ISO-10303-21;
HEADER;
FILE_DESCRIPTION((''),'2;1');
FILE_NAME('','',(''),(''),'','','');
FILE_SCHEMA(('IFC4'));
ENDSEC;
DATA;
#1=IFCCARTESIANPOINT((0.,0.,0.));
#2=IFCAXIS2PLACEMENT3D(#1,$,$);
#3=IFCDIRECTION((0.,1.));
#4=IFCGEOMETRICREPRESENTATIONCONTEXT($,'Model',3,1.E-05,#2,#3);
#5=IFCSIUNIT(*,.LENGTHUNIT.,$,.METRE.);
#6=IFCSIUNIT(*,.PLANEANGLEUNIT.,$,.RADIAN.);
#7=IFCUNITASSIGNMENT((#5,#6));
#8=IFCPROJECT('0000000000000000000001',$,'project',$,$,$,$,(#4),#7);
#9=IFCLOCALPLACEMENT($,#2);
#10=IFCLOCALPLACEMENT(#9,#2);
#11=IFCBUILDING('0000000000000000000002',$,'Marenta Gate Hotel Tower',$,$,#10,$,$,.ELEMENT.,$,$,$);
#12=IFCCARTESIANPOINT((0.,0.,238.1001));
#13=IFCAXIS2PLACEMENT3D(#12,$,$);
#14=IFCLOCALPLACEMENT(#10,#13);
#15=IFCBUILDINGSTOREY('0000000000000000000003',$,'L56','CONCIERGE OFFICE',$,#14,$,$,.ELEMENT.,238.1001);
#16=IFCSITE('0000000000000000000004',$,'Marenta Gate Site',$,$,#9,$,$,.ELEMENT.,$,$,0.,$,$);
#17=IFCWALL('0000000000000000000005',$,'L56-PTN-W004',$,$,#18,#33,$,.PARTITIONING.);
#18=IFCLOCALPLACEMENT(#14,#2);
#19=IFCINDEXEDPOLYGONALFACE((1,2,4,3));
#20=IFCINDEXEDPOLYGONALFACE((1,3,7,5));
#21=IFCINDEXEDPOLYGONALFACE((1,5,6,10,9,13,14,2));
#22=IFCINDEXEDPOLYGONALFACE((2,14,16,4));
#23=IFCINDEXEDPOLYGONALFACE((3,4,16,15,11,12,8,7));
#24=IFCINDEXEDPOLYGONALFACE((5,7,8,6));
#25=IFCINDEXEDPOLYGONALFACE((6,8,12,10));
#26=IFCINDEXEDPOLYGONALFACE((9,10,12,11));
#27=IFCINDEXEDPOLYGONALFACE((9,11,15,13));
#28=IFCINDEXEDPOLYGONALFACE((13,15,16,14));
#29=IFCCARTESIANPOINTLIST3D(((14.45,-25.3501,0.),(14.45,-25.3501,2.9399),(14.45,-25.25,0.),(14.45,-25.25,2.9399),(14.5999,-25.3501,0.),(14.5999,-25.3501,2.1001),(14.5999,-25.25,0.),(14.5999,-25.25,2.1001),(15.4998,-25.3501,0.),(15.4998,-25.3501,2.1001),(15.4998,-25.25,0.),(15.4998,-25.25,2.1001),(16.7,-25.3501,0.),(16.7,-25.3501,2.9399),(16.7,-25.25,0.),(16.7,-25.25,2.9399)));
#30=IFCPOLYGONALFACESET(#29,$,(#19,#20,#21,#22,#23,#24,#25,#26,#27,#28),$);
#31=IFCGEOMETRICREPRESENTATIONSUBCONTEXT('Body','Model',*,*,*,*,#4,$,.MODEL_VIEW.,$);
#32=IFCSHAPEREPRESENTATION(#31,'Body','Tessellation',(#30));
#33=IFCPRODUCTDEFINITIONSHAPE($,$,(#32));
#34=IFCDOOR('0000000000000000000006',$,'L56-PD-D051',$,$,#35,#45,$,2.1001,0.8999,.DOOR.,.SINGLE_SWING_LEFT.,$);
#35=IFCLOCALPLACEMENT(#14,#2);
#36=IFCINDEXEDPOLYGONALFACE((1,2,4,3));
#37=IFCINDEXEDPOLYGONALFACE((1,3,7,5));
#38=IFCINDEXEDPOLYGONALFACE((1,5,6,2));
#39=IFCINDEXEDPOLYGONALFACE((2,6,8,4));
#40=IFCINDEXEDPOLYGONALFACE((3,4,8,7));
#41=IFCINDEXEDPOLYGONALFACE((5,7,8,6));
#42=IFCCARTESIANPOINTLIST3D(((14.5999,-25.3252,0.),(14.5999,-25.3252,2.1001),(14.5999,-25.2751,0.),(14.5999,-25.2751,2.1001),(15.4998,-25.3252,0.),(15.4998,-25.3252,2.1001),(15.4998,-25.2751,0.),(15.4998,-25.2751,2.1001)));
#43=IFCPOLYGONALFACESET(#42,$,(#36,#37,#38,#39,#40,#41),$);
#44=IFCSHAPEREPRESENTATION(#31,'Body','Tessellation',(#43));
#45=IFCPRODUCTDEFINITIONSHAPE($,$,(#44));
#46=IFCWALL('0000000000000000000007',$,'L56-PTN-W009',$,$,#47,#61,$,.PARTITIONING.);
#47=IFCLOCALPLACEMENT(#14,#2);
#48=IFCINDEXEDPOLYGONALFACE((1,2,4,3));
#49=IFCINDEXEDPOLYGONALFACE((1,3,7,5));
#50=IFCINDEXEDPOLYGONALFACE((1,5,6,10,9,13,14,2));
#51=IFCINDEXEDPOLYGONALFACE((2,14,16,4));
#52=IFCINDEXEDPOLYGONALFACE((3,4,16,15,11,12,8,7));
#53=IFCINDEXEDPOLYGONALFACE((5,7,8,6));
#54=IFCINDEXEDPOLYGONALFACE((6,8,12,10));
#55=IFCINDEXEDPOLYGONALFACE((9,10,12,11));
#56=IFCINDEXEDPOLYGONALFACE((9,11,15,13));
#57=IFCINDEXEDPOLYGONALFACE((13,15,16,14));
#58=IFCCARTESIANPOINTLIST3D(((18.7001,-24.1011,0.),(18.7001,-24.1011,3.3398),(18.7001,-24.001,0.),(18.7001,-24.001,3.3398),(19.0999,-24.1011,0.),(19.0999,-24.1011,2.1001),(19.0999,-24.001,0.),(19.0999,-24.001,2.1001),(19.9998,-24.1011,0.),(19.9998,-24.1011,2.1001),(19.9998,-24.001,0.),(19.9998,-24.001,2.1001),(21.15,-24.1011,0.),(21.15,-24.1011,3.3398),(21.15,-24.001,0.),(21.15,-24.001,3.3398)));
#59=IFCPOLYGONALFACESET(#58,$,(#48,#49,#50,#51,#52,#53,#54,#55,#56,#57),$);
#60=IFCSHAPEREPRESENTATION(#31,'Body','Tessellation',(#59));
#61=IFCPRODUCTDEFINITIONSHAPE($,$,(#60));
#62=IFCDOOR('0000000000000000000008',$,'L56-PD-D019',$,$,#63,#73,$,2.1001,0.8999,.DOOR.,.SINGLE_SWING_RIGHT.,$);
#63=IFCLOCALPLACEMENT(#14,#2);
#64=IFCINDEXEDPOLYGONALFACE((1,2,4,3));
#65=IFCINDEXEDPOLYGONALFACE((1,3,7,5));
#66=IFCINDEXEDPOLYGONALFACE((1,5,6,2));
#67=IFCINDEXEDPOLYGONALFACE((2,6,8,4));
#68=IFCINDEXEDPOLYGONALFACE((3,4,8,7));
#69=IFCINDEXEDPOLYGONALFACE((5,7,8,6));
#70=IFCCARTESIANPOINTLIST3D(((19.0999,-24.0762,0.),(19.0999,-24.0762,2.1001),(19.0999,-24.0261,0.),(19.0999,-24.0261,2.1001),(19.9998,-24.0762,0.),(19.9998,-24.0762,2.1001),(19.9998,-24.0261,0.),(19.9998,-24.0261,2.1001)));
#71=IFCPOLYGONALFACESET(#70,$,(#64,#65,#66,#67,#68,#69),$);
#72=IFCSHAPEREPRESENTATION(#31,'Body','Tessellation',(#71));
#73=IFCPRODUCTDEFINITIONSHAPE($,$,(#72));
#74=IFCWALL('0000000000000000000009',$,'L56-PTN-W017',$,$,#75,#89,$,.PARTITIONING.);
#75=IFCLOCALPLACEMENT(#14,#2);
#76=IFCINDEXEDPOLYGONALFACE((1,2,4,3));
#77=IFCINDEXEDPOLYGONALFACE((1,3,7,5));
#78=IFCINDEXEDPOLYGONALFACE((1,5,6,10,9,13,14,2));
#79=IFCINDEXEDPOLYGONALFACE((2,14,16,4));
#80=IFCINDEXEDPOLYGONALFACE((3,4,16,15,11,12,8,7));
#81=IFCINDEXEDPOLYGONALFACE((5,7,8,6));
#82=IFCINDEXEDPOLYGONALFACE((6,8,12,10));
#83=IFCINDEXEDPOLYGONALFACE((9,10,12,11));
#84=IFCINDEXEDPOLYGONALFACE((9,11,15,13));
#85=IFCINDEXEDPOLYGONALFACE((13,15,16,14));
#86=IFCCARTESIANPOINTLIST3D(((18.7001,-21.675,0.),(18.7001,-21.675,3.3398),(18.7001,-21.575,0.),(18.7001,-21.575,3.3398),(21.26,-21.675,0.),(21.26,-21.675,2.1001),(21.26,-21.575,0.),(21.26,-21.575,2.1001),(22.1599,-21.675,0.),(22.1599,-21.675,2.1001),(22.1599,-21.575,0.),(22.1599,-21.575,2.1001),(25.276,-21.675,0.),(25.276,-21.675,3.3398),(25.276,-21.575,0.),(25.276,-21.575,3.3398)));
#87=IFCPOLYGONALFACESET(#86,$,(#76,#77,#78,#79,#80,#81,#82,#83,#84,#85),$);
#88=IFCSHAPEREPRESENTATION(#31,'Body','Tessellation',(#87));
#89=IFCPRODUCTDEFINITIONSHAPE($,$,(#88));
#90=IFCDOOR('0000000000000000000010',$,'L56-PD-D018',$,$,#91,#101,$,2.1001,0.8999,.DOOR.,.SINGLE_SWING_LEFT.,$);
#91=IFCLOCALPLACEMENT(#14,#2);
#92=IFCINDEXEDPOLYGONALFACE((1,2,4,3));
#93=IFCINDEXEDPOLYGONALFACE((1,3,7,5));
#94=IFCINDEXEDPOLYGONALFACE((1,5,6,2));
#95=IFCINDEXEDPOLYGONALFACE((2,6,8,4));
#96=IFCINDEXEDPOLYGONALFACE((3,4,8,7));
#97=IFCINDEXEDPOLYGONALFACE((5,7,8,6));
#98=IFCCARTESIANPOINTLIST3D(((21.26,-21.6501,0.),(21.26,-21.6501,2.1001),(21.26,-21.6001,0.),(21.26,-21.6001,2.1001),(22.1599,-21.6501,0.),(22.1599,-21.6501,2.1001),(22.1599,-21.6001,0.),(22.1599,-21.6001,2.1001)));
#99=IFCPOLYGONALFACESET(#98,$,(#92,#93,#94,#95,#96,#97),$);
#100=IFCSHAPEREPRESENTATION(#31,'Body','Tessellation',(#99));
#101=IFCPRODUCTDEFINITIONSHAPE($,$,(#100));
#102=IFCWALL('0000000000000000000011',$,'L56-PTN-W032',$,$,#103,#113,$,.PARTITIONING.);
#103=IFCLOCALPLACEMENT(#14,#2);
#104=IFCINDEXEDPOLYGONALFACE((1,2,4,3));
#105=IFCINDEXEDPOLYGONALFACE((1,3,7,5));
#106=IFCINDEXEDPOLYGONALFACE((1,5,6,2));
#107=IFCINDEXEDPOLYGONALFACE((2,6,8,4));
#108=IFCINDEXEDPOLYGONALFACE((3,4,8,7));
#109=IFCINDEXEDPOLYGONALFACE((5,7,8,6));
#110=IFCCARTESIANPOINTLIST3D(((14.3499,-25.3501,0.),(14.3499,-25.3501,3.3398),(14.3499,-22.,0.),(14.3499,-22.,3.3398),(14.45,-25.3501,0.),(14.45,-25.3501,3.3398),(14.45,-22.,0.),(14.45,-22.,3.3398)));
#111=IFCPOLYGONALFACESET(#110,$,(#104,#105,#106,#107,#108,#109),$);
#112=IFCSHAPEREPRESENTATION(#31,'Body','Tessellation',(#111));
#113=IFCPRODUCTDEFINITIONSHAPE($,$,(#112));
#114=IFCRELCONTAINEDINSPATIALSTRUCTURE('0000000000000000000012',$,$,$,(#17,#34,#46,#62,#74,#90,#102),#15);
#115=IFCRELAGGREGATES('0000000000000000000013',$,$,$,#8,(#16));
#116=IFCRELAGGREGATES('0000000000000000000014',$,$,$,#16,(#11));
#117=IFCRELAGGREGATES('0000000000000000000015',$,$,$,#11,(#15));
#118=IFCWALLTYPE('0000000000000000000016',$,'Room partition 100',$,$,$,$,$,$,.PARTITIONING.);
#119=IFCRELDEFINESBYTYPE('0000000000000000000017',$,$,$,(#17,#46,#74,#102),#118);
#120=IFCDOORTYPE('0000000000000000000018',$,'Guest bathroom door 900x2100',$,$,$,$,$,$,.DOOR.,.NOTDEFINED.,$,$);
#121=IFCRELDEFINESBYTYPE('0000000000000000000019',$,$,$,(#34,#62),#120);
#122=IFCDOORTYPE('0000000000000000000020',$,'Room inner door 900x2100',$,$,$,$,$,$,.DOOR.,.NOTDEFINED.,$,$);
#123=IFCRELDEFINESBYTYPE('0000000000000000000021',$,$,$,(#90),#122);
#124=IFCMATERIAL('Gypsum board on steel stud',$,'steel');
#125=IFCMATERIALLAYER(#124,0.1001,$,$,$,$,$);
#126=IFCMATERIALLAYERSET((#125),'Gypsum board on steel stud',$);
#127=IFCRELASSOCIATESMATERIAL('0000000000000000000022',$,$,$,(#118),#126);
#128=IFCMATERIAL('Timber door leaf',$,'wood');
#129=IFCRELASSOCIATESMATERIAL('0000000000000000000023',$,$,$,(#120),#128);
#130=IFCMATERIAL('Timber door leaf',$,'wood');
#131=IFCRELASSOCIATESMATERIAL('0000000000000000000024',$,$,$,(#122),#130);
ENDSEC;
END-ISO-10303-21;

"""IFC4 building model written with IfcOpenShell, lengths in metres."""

from ifc_helpers import new_model, si_unit, direction, frame, frame_2d, origin, place, context, subcontext, project, spatial, rectangle, extrude, material, layer, layer_set, type_object, element, fill, save


model = new_model("IFC4")

# Units and contexts
model_context = context("Model", 3, precision=1e-05, world=origin(), true_north=direction((0.0, 1.0)))
body_context = subcontext(model_context, "Body", "Model", "MODEL_VIEW")
ifc_project = project(units=[si_unit("LENGTHUNIT", "METRE"), si_unit("PLANEANGLEUNIT", "RADIAN")], contexts=[model_context])

# Site, building, storey
site_placement = place(None, origin())
site = spatial("IfcSite", under=ifc_project, at=site_placement, Name="Marenta Gate Site", CompositionType="ELEMENT", RefElevation=0.0)
building_placement = place(site_placement, origin())
building = spatial("IfcBuilding", under=site, at=building_placement, Name="Marenta Gate Hotel Tower", CompositionType="ELEMENT")
storey_placement = place(building_placement, frame((0.0, 0.0, 238.1001)))
storey = spatial("IfcBuildingStorey", under=building, at=storey_placement, Name="L56", Description="CONCIERGE OFFICE", CompositionType="ELEMENT", Elevation=238.1001)

# Walls, openings, doors
ifc_material_1 = material(Name="Gypsum board on steel stud", Category="steel")
ifc_layer_1 = layer(ifc_material_1, 0.1001)
ifc_layer_set_1 = layer_set([ifc_layer_1], Name="Gypsum board on steel stud")
wall_type_1 = type_object("IfcWallType", Name="Room partition 100", PredefinedType="PARTITIONING", material=ifc_layer_set_1)
wall_1_placement = place(storey_placement, frame((14.45, -25.3, 0.0), z_axis=(0.0, 0.0, 1.0), x_axis=(1.0, 0.0, 0.0)))
wall_1 = element("IfcWall", 1, at=wall_1_placement, inside=storey, type_object=wall_type_1, Name="L56-PTN-W004", PredefinedType="PARTITIONING", context=body_context, shape_type="SweptSolid", body=[
    extrude(rectangle(XDim=2.25, YDim=0.1001, at=frame_2d((1.125, 0.0))), origin(), (0.0, 0.0, 1.0), 2.9399),
])
opening_1_placement = place(wall_1_placement, frame((0.1499, 0.0, 0.0)))
opening_1 = element("IfcOpeningElement", 2, at=opening_1_placement, cuts=wall_1, PredefinedType="OPENING", context=body_context, shape_type="SweptSolid", body=[
    extrude(rectangle(XDim=0.8999, YDim=2.1001, at=frame_2d((0.45, 1.05))), frame((0.0, 0.05, 0.0), z_axis=(0.0, -1.0, 0.0), x_axis=(1.0, 0.0, 0.0)), (0.0, 0.0, 1.0), 0.1001),
])
ifc_material_2 = material(Name="Timber door leaf", Category="wood")
door_type_1 = type_object("IfcDoorType", Name="Guest bathroom door 900x2100", OperationType="NOTDEFINED", PredefinedType="DOOR", material=ifc_material_2)
door_1_placement = place(opening_1_placement, origin())
door_1 = element("IfcDoor", 3, at=door_1_placement, inside=storey, type_object=door_type_1, Name="L56-PD-D051", OperationType="SINGLE_SWING_LEFT", OverallHeight=2.1001, OverallWidth=0.8999, PredefinedType="DOOR", context=body_context, shape_type="SweptSolid", body=[
    extrude(rectangle(XDim=0.8999, YDim=2.1001, at=frame_2d((0.45, 1.05))), frame((0.0, 0.0249, 0.0), z_axis=(0.0, -1.0, 0.0), x_axis=(1.0, 0.0, 0.0)), (0.0, 0.0, 1.0), 0.05),
])
fill(opening_1, door_1)
wall_2_placement = place(storey_placement, frame((18.7, -24.051, 0.0), z_axis=(0.0, 0.0, 1.0), x_axis=(1.0, 0.0, 0.0)))
wall_2 = element("IfcWall", 4, at=wall_2_placement, inside=storey, type_object=wall_type_1, Name="L56-PTN-W009", PredefinedType="PARTITIONING", context=body_context, shape_type="SweptSolid", body=[
    extrude(rectangle(XDim=2.45, YDim=0.1001, at=frame_2d((1.2251, 0.0))), origin(), (0.0, 0.0, 1.0), 3.3398),
])
opening_2_placement = place(wall_2_placement, frame((0.3999, 0.0, 0.0)))
opening_2 = element("IfcOpeningElement", 5, at=opening_2_placement, cuts=wall_2, PredefinedType="OPENING", context=body_context, shape_type="SweptSolid", body=[
    extrude(rectangle(XDim=0.8999, YDim=2.1001, at=frame_2d((0.45, 1.05))), frame((0.0, 0.05, 0.0), z_axis=(0.0, -1.0, 0.0), x_axis=(1.0, 0.0, 0.0)), (0.0, 0.0, 1.0), 0.1001),
])
door_2_placement = place(opening_2_placement, origin())
door_2 = element("IfcDoor", 6, at=door_2_placement, inside=storey, type_object=door_type_1, Name="L56-PD-D019", OperationType="SINGLE_SWING_RIGHT", OverallHeight=2.1001, OverallWidth=0.8999, PredefinedType="DOOR", context=body_context, shape_type="SweptSolid", body=[
    extrude(rectangle(XDim=0.8999, YDim=2.1001, at=frame_2d((0.45, 1.05))), frame((0.0, 0.0249, 0.0), z_axis=(0.0, -1.0, 0.0), x_axis=(1.0, 0.0, 0.0)), (0.0, 0.0, 1.0), 0.05),
])
fill(opening_2, door_2)
wall_3_placement = place(storey_placement, frame((18.7, -21.625, 0.0), z_axis=(0.0, 0.0, 1.0), x_axis=(1.0, 0.0, 0.0)))
wall_3 = element("IfcWall", 7, at=wall_3_placement, inside=storey, type_object=wall_type_1, Name="L56-PTN-W017", PredefinedType="PARTITIONING", context=body_context, shape_type="SweptSolid", body=[
    extrude(rectangle(XDim=6.5759, YDim=0.1001, at=frame_2d((3.2881, 0.0))), origin(), (0.0, 0.0, 1.0), 3.3398),
])
opening_3_placement = place(wall_3_placement, frame((2.5601, 0.0, 0.0)))
opening_3 = element("IfcOpeningElement", 8, at=opening_3_placement, cuts=wall_3, PredefinedType="OPENING", context=body_context, shape_type="SweptSolid", body=[
    extrude(rectangle(XDim=0.8999, YDim=2.1001, at=frame_2d((0.45, 1.05))), frame((0.0, 0.05, 0.0), z_axis=(0.0, -1.0, 0.0), x_axis=(1.0, 0.0, 0.0)), (0.0, 0.0, 1.0), 0.1001),
])
ifc_material_3 = material(Name="Timber door leaf", Category="wood")
door_type_2 = type_object("IfcDoorType", Name="Room inner door 900x2100", OperationType="NOTDEFINED", PredefinedType="DOOR", material=ifc_material_3)
door_3_placement = place(opening_3_placement, origin())
door_3 = element("IfcDoor", 9, at=door_3_placement, inside=storey, type_object=door_type_2, Name="L56-PD-D018", OperationType="SINGLE_SWING_LEFT", OverallHeight=2.1001, OverallWidth=0.8999, PredefinedType="DOOR", context=body_context, shape_type="SweptSolid", body=[
    extrude(rectangle(XDim=0.8999, YDim=2.1001, at=frame_2d((0.45, 1.05))), frame((0.0, 0.0249, 0.0), z_axis=(0.0, -1.0, 0.0), x_axis=(1.0, 0.0, 0.0)), (0.0, 0.0, 1.0), 0.05),
])
fill(opening_3, door_3)

# Wall
wall_4_placement = place(storey_placement, frame((14.3999, -25.3501, 0.0), z_axis=(0.0, 0.0, 1.0), x_axis=(0.0, 1.0, 0.0)))
element("IfcWall", 10, at=wall_4_placement, inside=storey, type_object=wall_type_1, Name="L56-PTN-W032", PredefinedType="PARTITIONING", context=body_context, shape_type="SweptSolid", body=[
    extrude(rectangle(XDim=3.3501, YDim=0.1001, at=frame_2d((1.675, 0.0))), origin(), (0.0, 0.0, 1.0), 3.3398),
])

save(model, "model.ifc")
